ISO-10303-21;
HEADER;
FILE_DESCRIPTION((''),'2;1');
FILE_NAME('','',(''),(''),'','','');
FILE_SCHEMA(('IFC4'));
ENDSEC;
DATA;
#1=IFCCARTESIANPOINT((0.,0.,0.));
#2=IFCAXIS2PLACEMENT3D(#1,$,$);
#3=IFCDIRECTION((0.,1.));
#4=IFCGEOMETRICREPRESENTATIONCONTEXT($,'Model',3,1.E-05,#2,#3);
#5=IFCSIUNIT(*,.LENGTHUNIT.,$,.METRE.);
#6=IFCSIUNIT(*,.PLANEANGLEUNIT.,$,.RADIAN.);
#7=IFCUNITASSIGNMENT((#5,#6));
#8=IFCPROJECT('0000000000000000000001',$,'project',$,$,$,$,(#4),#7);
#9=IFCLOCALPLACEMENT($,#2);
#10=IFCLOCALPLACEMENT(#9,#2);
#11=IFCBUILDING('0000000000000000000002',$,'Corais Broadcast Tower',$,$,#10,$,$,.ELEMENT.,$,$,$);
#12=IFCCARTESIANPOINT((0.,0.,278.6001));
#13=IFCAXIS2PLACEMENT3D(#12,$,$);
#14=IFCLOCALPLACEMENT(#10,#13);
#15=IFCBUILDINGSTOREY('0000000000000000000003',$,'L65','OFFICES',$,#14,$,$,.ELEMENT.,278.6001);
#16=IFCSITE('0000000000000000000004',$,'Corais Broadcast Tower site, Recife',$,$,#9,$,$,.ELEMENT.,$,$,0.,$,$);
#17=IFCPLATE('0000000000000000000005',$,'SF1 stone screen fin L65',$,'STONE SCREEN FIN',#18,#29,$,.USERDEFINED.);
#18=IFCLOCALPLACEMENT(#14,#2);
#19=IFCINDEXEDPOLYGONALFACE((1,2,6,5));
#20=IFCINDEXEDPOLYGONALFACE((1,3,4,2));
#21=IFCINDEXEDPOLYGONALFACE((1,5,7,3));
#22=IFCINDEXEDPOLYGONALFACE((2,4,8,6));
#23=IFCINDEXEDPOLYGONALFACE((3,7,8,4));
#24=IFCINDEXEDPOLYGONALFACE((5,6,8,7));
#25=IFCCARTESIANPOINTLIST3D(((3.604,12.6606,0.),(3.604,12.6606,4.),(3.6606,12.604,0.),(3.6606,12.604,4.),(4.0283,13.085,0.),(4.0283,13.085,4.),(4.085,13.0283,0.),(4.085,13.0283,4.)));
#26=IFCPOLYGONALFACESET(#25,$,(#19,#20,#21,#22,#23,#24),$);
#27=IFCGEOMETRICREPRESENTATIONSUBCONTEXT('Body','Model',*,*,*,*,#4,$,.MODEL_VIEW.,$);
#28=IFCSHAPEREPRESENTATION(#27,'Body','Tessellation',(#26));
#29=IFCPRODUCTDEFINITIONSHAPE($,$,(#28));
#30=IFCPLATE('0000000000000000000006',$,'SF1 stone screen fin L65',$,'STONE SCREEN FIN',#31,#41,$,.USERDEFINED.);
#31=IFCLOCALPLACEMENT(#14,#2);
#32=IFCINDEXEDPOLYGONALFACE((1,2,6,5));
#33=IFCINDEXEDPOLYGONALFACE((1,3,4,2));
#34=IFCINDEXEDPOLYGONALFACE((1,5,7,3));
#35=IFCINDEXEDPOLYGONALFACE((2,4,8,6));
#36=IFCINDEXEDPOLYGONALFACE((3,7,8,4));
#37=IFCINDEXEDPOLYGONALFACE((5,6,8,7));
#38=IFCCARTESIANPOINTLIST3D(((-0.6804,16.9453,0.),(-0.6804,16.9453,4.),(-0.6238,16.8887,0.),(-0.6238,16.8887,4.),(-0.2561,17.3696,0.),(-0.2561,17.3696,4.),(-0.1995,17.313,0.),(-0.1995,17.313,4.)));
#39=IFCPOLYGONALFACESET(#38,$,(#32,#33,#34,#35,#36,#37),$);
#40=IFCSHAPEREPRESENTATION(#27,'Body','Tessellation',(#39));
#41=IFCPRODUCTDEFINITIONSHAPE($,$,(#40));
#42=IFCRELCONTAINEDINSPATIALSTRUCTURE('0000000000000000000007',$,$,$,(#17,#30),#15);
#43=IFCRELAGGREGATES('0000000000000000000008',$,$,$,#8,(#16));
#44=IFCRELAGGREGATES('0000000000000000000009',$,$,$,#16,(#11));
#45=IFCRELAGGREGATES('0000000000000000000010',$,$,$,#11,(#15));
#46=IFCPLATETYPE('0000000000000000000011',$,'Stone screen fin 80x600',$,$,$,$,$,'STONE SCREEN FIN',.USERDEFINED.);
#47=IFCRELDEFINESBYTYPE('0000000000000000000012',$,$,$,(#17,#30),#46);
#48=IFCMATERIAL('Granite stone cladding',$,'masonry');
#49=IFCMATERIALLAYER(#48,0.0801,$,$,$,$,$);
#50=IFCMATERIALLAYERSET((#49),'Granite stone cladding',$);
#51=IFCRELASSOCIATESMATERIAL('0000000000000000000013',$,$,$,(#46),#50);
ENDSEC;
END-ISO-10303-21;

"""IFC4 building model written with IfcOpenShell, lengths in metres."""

from ifc_helpers import new_model, si_unit, direction, frame, origin, origin_2d, place, context, subcontext, project, spatial, rectangle, extrude, material, layer, layer_set, type_object, element, save


model = new_model("IFC4")

# Units and contexts
model_context = context("Model", 3, precision=1e-05, world=origin(), true_north=direction((0.0, 1.0)))
body_context = subcontext(model_context, "Body", "Model", "MODEL_VIEW")
ifc_project = project(units=[si_unit("LENGTHUNIT", "METRE"), si_unit("PLANEANGLEUNIT", "RADIAN")], contexts=[model_context])

# Site, building, storey
site_placement = place(None, origin())
site = spatial("IfcSite", under=ifc_project, at=site_placement, Name="Corais Broadcast Tower site, Recife", CompositionType="ELEMENT", RefElevation=0.0)
building_placement = place(site_placement, origin())
building = spatial("IfcBuilding", under=site, at=building_placement, Name="Corais Broadcast Tower", CompositionType="ELEMENT")
storey_placement = place(building_placement, frame((0.0, 0.0, 278.6001)))
storey = spatial("IfcBuildingStorey", under=building, at=storey_placement, Name="L65", Description="OFFICES", CompositionType="ELEMENT", Elevation=278.6001)

# Plates
ifc_material_1 = material(Name="Granite stone cladding", Category="masonry")
ifc_layer_1 = layer(ifc_material_1, 0.0801)
ifc_layer_set_1 = layer_set([ifc_layer_1], Name="Granite stone cladding")
plate_type_1 = type_object("IfcPlateType", Name="Stone screen fin 80x600", ElementType="STONE SCREEN FIN", PredefinedType="USERDEFINED", material=ifc_layer_set_1)
for number, where, z_axis, x_axis, name in (
    (1, (3.8445, 12.8445, 0.0), (0.0, 0.0, 1.0), (-0.707107, 0.707107, 0.0), "SF1 stone screen fin L65"),
    (2, (-0.4399, 17.1292, 0.0), (0.0, 0.0, 1.0), (-0.707107, 0.707107, 0.0), "SF1 stone screen fin L65"),
):
    element("IfcPlate", number, at=place(storey_placement, frame(where, z_axis=z_axis, x_axis=x_axis)), inside=storey, type_object=plate_type_1, Name=name, ObjectType="STONE SCREEN FIN", PredefinedType="USERDEFINED", context=body_context, shape_type="SweptSolid", body=[
        extrude(rectangle(XDim=0.0801, YDim=0.6001, at=origin_2d()), origin(), (0.0, 0.0, 1.0), 4.0),
    ])

save(model, "model.ifc")
